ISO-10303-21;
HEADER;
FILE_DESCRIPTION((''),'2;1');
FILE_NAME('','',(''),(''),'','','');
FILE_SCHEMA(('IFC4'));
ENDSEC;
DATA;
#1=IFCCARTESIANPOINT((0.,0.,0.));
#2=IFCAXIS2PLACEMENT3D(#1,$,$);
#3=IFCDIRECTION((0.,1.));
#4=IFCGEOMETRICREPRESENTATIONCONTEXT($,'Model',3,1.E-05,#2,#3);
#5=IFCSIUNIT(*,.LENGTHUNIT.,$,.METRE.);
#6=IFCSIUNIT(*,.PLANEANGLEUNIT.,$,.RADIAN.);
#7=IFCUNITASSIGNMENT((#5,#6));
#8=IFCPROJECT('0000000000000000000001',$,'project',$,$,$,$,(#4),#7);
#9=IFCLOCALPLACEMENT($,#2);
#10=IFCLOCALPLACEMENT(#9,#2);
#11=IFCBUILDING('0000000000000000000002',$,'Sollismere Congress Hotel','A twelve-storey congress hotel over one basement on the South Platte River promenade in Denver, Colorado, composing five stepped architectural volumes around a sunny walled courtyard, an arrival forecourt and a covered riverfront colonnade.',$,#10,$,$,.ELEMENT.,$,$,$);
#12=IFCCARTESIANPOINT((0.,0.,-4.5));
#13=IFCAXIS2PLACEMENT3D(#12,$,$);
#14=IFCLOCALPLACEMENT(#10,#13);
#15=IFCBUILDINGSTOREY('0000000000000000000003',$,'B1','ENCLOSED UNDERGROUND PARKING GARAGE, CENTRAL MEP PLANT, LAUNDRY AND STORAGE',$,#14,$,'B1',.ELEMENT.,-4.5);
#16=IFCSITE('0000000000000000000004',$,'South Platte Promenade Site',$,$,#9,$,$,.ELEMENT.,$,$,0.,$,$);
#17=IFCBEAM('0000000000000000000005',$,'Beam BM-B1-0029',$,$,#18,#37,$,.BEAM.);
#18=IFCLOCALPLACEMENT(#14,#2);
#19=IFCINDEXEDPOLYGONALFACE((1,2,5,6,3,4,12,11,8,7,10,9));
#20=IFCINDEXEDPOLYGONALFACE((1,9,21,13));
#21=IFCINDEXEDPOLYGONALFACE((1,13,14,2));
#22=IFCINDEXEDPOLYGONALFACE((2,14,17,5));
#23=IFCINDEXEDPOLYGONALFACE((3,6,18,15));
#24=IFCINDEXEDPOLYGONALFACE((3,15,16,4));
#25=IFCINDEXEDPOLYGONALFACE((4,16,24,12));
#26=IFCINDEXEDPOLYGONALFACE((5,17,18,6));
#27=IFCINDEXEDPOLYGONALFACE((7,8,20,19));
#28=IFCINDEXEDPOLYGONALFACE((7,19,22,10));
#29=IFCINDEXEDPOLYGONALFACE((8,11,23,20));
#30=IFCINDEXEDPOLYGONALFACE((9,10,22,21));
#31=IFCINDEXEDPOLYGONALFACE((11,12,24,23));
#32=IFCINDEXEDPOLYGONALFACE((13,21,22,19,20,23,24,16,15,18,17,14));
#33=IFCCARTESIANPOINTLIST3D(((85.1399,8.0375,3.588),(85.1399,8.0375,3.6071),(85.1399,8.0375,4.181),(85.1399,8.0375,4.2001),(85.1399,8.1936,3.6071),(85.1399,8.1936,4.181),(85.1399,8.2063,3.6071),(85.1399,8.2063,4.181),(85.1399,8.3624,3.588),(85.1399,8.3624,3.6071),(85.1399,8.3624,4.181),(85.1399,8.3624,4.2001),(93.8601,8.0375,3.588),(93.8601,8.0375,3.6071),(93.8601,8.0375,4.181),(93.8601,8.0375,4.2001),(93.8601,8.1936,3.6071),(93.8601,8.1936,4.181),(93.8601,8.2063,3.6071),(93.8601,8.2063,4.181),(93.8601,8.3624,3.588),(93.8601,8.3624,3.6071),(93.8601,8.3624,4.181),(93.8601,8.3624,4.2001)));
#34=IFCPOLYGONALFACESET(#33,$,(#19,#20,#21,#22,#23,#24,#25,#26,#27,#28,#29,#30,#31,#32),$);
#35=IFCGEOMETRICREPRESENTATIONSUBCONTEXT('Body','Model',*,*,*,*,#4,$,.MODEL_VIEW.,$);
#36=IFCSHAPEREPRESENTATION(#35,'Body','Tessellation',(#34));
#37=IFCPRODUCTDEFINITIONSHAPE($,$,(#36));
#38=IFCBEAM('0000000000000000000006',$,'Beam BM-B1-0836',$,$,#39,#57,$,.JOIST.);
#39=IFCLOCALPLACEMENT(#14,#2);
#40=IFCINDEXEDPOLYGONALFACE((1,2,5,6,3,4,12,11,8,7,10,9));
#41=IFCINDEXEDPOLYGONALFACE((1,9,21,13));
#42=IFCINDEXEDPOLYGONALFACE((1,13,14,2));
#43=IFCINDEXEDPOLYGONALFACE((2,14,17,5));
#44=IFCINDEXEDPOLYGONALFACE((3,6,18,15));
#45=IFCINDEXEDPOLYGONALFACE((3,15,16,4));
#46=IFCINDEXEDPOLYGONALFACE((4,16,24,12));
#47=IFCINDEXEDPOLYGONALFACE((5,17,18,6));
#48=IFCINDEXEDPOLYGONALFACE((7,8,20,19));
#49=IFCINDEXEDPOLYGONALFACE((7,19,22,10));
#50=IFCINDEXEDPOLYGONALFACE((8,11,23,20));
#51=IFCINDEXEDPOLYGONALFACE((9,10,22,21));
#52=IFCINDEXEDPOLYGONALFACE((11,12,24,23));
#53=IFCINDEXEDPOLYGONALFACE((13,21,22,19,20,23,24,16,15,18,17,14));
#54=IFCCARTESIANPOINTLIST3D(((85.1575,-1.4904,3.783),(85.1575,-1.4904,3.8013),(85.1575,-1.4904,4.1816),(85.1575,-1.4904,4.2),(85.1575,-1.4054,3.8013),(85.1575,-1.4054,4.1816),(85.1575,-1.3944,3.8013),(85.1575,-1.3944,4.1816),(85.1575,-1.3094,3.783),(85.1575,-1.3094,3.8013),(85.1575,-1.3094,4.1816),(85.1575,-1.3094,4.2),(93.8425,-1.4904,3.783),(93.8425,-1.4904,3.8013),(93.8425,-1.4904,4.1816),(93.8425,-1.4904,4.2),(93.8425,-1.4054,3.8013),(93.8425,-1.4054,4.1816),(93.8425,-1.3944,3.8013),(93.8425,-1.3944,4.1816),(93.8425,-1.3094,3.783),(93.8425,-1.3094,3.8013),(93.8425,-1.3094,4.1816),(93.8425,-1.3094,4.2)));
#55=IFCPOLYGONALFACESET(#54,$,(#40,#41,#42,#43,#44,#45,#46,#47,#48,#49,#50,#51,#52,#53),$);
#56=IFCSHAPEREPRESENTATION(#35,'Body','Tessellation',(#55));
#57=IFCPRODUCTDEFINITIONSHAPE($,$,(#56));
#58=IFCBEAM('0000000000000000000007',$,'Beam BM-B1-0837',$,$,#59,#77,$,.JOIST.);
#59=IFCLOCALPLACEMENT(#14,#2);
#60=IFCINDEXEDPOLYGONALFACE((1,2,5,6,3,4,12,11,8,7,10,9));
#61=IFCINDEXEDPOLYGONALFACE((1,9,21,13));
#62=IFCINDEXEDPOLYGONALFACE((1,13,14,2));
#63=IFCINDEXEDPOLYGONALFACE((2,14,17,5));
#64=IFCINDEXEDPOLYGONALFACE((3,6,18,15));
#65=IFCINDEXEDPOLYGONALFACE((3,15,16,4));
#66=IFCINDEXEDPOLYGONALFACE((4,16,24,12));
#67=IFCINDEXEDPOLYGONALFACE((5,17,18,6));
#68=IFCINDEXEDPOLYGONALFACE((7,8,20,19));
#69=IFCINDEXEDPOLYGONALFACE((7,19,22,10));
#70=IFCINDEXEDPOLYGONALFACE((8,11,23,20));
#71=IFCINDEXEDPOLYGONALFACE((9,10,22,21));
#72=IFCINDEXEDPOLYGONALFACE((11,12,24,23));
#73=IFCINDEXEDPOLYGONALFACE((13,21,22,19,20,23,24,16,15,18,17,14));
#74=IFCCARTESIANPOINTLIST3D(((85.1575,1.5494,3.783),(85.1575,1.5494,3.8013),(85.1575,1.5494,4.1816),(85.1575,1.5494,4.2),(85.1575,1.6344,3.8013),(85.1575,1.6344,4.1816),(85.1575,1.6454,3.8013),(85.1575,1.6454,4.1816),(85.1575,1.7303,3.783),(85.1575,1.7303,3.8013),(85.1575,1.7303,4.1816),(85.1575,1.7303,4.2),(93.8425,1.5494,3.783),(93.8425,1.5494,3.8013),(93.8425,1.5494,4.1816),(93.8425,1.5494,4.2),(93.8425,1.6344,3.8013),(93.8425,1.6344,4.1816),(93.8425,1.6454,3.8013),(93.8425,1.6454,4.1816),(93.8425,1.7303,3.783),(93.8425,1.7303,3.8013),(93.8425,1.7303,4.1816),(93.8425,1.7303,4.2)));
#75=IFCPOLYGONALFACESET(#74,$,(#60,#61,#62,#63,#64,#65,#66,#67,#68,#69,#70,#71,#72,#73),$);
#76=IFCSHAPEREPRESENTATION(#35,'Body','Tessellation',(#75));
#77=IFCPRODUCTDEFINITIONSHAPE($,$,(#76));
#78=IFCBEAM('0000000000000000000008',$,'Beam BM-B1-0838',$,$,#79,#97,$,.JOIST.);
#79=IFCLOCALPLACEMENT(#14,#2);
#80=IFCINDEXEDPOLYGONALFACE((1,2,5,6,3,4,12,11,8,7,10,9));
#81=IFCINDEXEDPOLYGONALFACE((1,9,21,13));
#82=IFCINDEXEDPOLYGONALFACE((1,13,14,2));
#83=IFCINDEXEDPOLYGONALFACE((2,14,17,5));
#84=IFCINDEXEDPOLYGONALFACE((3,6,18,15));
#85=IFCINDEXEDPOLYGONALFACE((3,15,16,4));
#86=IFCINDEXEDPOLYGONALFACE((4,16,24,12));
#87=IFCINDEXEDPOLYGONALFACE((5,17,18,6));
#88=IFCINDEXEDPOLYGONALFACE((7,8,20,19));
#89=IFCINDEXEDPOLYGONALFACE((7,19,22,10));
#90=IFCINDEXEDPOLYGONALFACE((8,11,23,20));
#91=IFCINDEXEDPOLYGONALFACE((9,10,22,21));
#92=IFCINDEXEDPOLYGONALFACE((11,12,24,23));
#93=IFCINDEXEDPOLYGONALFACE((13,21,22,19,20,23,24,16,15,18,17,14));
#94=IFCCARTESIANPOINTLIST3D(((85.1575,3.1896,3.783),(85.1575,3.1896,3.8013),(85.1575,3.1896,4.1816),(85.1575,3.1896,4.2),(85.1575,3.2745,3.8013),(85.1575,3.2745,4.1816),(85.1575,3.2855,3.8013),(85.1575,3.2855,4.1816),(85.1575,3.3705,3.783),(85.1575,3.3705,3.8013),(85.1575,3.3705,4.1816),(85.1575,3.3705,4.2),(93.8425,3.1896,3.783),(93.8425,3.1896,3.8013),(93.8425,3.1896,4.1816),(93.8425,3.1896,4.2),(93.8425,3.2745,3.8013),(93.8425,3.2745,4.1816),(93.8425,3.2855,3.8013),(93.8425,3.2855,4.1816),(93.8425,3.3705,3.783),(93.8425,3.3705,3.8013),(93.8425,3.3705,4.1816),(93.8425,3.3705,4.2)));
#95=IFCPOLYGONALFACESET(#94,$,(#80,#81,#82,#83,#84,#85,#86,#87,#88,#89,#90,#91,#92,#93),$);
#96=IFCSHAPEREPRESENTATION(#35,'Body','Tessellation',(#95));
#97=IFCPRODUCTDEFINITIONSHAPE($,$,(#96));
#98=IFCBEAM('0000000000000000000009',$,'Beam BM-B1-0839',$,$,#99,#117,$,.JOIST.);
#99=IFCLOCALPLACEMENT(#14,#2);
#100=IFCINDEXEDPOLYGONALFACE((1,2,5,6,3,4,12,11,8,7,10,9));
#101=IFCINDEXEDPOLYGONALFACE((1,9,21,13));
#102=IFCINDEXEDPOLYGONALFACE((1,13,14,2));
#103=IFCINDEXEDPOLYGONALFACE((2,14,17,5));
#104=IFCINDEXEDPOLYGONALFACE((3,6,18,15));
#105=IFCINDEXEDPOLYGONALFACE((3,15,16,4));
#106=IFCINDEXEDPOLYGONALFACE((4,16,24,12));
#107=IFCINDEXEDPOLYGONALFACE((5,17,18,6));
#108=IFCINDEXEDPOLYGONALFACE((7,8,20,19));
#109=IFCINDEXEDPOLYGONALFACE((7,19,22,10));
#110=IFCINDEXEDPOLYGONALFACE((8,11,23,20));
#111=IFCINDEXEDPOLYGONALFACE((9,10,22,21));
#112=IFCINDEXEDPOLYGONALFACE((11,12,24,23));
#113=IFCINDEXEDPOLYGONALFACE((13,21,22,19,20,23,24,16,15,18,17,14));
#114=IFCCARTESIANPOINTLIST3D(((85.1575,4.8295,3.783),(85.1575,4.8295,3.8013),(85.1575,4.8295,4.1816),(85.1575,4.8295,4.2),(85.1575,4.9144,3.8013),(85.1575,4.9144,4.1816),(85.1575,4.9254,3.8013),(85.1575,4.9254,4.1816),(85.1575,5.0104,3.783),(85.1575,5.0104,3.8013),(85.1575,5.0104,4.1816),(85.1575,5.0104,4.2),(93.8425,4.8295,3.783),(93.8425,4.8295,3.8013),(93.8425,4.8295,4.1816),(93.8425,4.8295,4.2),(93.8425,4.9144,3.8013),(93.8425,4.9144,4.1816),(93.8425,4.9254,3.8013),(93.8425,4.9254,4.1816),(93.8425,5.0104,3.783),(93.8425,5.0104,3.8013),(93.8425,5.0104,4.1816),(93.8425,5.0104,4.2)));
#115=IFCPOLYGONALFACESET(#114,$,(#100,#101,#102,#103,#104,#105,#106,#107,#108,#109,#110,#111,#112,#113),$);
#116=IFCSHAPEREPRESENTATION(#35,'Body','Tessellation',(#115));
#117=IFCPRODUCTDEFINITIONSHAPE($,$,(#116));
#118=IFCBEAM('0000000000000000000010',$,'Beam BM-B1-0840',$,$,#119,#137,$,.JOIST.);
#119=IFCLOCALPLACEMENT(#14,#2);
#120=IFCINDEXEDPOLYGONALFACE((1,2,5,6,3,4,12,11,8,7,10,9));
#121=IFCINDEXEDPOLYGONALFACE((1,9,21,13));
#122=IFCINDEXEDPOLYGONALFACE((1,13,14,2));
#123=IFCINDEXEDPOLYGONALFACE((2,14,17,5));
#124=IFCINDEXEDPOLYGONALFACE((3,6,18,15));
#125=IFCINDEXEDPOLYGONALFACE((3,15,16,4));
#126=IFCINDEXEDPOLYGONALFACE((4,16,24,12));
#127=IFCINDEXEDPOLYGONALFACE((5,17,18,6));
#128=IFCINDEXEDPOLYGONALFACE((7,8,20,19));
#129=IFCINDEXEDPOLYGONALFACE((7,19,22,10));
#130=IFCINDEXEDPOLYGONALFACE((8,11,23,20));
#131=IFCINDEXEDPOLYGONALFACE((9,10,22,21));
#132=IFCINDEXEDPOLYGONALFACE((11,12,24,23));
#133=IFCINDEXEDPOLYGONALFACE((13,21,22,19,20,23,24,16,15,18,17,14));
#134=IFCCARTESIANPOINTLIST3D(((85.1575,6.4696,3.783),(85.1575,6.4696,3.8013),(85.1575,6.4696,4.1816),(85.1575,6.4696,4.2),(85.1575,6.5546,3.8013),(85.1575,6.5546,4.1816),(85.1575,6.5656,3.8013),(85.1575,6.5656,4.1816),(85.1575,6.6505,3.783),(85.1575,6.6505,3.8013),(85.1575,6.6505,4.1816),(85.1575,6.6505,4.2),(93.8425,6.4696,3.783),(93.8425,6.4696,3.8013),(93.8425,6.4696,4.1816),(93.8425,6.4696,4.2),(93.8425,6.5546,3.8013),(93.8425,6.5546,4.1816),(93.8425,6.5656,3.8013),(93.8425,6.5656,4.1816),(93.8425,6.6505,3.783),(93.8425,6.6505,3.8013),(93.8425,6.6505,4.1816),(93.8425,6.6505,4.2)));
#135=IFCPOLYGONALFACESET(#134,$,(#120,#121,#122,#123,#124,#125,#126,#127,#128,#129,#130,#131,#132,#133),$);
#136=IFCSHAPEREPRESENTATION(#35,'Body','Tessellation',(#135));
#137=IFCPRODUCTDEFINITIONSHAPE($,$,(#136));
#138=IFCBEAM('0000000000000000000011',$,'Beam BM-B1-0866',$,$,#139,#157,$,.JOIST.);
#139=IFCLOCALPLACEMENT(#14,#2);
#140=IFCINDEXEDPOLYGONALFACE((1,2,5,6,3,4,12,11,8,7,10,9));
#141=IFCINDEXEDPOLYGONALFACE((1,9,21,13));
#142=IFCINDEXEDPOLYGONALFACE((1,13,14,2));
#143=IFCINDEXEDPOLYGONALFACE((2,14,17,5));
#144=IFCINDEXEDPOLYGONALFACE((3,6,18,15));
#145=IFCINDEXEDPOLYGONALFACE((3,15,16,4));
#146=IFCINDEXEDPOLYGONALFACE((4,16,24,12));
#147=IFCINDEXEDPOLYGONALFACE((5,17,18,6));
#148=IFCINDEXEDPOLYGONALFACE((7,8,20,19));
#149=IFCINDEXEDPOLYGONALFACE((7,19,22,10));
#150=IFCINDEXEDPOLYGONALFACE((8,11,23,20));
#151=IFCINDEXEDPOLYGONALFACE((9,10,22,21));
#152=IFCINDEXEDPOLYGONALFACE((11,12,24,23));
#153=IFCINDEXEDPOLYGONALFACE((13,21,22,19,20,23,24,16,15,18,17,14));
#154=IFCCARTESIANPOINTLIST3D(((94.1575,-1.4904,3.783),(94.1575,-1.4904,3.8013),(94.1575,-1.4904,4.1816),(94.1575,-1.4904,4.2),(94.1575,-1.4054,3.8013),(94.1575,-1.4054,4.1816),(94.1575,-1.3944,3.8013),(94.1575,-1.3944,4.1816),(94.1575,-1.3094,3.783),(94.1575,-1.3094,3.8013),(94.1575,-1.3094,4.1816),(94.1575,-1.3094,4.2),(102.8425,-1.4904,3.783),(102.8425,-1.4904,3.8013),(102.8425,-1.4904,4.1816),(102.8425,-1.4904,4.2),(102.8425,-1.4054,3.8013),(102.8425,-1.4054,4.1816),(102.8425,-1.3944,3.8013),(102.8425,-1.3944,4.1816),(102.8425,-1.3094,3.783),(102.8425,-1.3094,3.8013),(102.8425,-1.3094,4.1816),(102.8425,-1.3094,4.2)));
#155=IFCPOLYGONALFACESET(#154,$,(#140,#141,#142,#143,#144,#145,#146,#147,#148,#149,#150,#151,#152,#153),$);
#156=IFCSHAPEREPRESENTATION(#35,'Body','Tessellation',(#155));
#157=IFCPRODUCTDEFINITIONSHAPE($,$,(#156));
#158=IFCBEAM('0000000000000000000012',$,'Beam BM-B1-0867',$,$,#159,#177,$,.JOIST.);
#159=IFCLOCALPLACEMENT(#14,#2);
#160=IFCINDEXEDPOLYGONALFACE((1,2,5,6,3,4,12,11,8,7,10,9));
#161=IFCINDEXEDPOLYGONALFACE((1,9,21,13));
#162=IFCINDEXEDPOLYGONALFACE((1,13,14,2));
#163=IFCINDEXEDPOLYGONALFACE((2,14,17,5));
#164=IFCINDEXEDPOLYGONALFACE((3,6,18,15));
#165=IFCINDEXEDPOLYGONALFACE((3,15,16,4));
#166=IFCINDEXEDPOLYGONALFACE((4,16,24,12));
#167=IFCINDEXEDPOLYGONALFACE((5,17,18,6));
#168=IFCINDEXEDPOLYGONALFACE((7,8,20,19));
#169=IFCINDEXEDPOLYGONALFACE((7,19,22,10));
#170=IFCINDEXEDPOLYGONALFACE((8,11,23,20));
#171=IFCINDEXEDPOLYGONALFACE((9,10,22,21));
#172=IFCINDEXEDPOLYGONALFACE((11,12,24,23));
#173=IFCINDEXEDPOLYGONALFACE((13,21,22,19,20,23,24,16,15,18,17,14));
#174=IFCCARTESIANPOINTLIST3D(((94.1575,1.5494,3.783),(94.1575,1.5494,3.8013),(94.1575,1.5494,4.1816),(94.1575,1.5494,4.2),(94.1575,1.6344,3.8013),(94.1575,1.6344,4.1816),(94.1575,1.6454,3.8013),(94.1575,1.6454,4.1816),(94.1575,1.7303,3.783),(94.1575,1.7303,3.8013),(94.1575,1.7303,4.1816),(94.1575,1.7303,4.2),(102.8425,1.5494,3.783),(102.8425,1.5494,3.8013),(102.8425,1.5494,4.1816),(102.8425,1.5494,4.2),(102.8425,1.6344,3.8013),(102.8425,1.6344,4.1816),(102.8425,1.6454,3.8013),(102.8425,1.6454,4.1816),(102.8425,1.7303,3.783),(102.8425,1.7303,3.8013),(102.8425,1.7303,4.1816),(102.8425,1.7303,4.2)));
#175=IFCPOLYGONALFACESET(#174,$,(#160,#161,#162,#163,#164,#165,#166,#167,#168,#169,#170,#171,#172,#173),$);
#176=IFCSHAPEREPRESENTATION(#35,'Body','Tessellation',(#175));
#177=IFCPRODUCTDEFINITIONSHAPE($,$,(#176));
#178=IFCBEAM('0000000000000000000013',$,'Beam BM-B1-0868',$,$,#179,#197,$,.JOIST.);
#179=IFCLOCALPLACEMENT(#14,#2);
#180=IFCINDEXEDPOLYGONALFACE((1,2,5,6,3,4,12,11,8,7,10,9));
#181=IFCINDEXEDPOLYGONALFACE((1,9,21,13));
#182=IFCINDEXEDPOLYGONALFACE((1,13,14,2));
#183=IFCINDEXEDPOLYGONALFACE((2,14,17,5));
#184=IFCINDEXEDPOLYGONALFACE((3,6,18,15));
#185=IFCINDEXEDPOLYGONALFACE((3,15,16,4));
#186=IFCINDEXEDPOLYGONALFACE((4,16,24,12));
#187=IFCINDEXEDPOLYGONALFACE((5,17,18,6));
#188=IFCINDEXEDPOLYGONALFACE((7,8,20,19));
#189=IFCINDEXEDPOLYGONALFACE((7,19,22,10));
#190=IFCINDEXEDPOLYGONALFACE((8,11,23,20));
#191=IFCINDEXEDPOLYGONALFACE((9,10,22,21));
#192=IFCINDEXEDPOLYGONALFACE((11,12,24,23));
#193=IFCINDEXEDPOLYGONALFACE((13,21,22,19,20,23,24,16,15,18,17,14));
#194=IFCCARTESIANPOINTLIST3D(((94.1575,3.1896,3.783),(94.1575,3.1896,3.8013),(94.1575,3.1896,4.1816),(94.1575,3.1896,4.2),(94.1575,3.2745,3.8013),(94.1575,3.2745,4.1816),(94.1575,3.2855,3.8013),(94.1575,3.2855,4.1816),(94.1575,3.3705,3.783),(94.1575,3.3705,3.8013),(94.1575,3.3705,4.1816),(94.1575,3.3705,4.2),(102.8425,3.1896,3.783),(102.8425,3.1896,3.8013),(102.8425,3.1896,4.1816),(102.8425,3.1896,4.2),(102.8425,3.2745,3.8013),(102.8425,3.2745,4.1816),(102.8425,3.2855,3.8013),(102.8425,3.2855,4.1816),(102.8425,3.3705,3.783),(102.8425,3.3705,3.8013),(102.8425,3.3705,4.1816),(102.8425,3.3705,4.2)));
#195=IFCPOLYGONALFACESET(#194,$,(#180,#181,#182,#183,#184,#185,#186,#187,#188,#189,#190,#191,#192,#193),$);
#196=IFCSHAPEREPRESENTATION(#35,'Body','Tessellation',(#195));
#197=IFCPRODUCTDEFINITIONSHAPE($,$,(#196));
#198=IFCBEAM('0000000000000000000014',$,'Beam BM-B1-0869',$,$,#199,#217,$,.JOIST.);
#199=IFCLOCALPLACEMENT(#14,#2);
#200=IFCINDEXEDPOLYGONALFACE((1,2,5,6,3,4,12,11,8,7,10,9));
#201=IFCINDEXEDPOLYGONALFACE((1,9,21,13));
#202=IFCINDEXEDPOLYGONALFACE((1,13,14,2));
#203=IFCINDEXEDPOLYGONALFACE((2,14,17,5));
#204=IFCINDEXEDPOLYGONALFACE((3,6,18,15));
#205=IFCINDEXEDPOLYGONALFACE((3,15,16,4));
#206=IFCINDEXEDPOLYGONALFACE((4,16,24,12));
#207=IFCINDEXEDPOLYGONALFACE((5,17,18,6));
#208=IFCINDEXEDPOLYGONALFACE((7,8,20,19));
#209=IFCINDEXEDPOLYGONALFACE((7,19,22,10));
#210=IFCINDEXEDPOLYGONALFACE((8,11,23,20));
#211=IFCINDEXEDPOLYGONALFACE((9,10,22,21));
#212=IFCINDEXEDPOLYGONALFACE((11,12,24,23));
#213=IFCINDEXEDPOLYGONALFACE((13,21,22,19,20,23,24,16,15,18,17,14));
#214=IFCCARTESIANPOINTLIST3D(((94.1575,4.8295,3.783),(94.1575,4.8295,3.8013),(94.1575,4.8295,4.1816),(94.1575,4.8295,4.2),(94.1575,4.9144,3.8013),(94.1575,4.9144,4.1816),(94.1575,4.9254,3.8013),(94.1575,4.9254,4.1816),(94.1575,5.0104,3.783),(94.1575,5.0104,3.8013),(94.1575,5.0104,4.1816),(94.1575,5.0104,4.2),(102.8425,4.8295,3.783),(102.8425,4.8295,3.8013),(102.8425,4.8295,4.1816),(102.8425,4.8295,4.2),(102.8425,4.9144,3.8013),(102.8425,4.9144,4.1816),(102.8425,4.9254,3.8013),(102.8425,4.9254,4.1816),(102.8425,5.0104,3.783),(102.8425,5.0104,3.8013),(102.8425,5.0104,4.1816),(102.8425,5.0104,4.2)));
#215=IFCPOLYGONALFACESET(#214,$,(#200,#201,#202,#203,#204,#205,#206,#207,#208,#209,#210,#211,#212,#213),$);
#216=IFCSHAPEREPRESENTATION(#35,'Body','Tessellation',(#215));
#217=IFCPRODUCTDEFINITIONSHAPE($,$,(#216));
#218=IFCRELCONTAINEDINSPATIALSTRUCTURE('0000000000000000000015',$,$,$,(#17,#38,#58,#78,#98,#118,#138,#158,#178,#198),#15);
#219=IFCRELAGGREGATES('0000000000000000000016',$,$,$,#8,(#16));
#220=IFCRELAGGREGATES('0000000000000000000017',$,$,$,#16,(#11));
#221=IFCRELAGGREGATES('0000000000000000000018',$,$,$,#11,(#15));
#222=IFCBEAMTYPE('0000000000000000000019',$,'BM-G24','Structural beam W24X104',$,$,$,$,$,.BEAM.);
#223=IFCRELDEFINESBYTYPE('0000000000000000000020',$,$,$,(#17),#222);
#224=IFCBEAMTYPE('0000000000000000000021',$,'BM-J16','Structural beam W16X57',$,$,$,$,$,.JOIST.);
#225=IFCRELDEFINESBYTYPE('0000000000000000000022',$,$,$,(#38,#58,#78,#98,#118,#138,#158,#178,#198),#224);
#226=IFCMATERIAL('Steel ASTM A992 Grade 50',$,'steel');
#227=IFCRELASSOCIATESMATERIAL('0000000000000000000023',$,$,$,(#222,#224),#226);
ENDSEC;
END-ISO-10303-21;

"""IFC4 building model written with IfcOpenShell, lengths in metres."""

from ifc_helpers import new_model, si_unit, direction, frame, origin, origin_2d, place, context, subcontext, project, spatial, i_section, extrude, material, material_profile, profile_set, type_object, element, save


model = new_model("IFC4")

# Units and contexts
model_context = context("Model", 3, precision=1e-05, world=origin(), true_north=direction((0.0, 1.0)))
body_context = subcontext(model_context, "Body", "Model", "MODEL_VIEW")
ifc_project = project(units=[si_unit("LENGTHUNIT", "METRE"), si_unit("PLANEANGLEUNIT", "RADIAN")], contexts=[model_context])

# Site, building, storey
site_placement = place(None, origin())
site = spatial("IfcSite", under=ifc_project, at=site_placement, Name="South Platte Promenade Site", CompositionType="ELEMENT", RefElevation=0.0)
building_placement = place(site_placement, origin())
building = spatial("IfcBuilding", under=site, at=building_placement, Name="Sollismere Congress Hotel", Description="A twelve-storey congress hotel over one basement on the South Platte River promenade in Denver, Colorado, composing five stepped architectural volumes around a sunny walled courtyard, an arrival forecourt and a covered riverfront colonnade.", CompositionType="ELEMENT")
storey_placement = place(building_placement, frame((0.0, 0.0, -4.5)))
storey = spatial("IfcBuildingStorey", under=building, at=storey_placement, Name="B1", Description="ENCLOSED UNDERGROUND PARKING GARAGE, CENTRAL MEP PLANT, LAUNDRY AND STORAGE", LongName="B1", CompositionType="ELEMENT", Elevation=-4.5)

# Beams
ifc_material_1 = material(Name="Steel ASTM A992 Grade 50", Category="steel")
ifc_material_profile_1 = material_profile(ifc_material_1, i_section(OverallWidth=0.325, OverallDepth=0.6121, WebThickness=0.0127, FlangeThickness=0.019, at=origin_2d()), Name="W24X104")
ifc_profile_set_1 = profile_set([ifc_material_profile_1], Name="Steel ASTM A992 Grade 50")
beam_type_1 = type_object("IfcBeamType", Name="BM-G24", Description="Structural beam W24X104", PredefinedType="BEAM", material=ifc_profile_set_1)
beam_1_placement = place(storey_placement, frame((85.1399, 8.2, 3.894), z_axis=(1.0, 0.0, 0.0), x_axis=(0.0, 1.0, 0.0)))
element("IfcBeam", 1, at=beam_1_placement, inside=storey, type_object=beam_type_1, Name="Beam BM-B1-0029", PredefinedType="BEAM", context=body_context, shape_type="SweptSolid", body=[
    extrude(i_section(OverallWidth=0.325, OverallDepth=0.6121, WebThickness=0.0127, FlangeThickness=0.019, at=origin_2d()), origin(), (0.0, 0.0, 1.0), 8.7202),
])
ifc_material_profile_2 = material_profile(ifc_material_1, i_section(OverallWidth=0.1809, OverallDepth=0.417, WebThickness=0.011, FlangeThickness=0.0183, at=origin_2d()), Name="W16X57")
ifc_profile_set_2 = profile_set([ifc_material_profile_2], Name="Steel ASTM A992 Grade 50")
beam_type_2 = type_object("IfcBeamType", Name="BM-J16", Description="Structural beam W16X57", PredefinedType="JOIST", material=ifc_profile_set_2)
for number, where, z_axis, x_axis, name in (
    (2, (85.1575, -1.3999, 3.9915), (1.0, 0.0, 0.0), (0.0, 1.0, 0.0), "Beam BM-B1-0836"),
    (3, (85.1575, 1.6399, 3.9915), (1.0, 0.0, 0.0), (0.0, 1.0, 0.0), "Beam BM-B1-0837"),
    (4, (85.1575, 3.28, 3.9915), (1.0, 0.0, 0.0), (0.0, 1.0, 0.0), "Beam BM-B1-0838"),
    (5, (85.1575, 4.9199, 3.9915), (1.0, 0.0, 0.0), (0.0, 1.0, 0.0), "Beam BM-B1-0839"),
    (6, (85.1575, 6.5601, 3.9915), (1.0, 0.0, 0.0), (0.0, 1.0, 0.0), "Beam BM-B1-0840"),
    (7, (94.1575, -1.3999, 3.9915), (1.0, 0.0, 0.0), (0.0, 1.0, 0.0), "Beam BM-B1-0866"),
    (8, (94.1575, 1.6399, 3.9915), (1.0, 0.0, 0.0), (0.0, 1.0, 0.0), "Beam BM-B1-0867"),
    (9, (94.1575, 3.28, 3.9915), (1.0, 0.0, 0.0), (0.0, 1.0, 0.0), "Beam BM-B1-0868"),
    (10, (94.1575, 4.9199, 3.9915), (1.0, 0.0, 0.0), (0.0, 1.0, 0.0), "Beam BM-B1-0869"),
):
    element("IfcBeam", number, at=place(storey_placement, frame(where, z_axis=z_axis, x_axis=x_axis)), inside=storey, type_object=beam_type_2, Name=name, PredefinedType="JOIST", context=body_context, shape_type="SweptSolid", body=[
        extrude(i_section(OverallWidth=0.1809, OverallDepth=0.417, WebThickness=0.011, FlangeThickness=0.0183, at=origin_2d()), origin(), (0.0, 0.0, 1.0), 8.6851),
    ])

save(model, "model.ifc")
